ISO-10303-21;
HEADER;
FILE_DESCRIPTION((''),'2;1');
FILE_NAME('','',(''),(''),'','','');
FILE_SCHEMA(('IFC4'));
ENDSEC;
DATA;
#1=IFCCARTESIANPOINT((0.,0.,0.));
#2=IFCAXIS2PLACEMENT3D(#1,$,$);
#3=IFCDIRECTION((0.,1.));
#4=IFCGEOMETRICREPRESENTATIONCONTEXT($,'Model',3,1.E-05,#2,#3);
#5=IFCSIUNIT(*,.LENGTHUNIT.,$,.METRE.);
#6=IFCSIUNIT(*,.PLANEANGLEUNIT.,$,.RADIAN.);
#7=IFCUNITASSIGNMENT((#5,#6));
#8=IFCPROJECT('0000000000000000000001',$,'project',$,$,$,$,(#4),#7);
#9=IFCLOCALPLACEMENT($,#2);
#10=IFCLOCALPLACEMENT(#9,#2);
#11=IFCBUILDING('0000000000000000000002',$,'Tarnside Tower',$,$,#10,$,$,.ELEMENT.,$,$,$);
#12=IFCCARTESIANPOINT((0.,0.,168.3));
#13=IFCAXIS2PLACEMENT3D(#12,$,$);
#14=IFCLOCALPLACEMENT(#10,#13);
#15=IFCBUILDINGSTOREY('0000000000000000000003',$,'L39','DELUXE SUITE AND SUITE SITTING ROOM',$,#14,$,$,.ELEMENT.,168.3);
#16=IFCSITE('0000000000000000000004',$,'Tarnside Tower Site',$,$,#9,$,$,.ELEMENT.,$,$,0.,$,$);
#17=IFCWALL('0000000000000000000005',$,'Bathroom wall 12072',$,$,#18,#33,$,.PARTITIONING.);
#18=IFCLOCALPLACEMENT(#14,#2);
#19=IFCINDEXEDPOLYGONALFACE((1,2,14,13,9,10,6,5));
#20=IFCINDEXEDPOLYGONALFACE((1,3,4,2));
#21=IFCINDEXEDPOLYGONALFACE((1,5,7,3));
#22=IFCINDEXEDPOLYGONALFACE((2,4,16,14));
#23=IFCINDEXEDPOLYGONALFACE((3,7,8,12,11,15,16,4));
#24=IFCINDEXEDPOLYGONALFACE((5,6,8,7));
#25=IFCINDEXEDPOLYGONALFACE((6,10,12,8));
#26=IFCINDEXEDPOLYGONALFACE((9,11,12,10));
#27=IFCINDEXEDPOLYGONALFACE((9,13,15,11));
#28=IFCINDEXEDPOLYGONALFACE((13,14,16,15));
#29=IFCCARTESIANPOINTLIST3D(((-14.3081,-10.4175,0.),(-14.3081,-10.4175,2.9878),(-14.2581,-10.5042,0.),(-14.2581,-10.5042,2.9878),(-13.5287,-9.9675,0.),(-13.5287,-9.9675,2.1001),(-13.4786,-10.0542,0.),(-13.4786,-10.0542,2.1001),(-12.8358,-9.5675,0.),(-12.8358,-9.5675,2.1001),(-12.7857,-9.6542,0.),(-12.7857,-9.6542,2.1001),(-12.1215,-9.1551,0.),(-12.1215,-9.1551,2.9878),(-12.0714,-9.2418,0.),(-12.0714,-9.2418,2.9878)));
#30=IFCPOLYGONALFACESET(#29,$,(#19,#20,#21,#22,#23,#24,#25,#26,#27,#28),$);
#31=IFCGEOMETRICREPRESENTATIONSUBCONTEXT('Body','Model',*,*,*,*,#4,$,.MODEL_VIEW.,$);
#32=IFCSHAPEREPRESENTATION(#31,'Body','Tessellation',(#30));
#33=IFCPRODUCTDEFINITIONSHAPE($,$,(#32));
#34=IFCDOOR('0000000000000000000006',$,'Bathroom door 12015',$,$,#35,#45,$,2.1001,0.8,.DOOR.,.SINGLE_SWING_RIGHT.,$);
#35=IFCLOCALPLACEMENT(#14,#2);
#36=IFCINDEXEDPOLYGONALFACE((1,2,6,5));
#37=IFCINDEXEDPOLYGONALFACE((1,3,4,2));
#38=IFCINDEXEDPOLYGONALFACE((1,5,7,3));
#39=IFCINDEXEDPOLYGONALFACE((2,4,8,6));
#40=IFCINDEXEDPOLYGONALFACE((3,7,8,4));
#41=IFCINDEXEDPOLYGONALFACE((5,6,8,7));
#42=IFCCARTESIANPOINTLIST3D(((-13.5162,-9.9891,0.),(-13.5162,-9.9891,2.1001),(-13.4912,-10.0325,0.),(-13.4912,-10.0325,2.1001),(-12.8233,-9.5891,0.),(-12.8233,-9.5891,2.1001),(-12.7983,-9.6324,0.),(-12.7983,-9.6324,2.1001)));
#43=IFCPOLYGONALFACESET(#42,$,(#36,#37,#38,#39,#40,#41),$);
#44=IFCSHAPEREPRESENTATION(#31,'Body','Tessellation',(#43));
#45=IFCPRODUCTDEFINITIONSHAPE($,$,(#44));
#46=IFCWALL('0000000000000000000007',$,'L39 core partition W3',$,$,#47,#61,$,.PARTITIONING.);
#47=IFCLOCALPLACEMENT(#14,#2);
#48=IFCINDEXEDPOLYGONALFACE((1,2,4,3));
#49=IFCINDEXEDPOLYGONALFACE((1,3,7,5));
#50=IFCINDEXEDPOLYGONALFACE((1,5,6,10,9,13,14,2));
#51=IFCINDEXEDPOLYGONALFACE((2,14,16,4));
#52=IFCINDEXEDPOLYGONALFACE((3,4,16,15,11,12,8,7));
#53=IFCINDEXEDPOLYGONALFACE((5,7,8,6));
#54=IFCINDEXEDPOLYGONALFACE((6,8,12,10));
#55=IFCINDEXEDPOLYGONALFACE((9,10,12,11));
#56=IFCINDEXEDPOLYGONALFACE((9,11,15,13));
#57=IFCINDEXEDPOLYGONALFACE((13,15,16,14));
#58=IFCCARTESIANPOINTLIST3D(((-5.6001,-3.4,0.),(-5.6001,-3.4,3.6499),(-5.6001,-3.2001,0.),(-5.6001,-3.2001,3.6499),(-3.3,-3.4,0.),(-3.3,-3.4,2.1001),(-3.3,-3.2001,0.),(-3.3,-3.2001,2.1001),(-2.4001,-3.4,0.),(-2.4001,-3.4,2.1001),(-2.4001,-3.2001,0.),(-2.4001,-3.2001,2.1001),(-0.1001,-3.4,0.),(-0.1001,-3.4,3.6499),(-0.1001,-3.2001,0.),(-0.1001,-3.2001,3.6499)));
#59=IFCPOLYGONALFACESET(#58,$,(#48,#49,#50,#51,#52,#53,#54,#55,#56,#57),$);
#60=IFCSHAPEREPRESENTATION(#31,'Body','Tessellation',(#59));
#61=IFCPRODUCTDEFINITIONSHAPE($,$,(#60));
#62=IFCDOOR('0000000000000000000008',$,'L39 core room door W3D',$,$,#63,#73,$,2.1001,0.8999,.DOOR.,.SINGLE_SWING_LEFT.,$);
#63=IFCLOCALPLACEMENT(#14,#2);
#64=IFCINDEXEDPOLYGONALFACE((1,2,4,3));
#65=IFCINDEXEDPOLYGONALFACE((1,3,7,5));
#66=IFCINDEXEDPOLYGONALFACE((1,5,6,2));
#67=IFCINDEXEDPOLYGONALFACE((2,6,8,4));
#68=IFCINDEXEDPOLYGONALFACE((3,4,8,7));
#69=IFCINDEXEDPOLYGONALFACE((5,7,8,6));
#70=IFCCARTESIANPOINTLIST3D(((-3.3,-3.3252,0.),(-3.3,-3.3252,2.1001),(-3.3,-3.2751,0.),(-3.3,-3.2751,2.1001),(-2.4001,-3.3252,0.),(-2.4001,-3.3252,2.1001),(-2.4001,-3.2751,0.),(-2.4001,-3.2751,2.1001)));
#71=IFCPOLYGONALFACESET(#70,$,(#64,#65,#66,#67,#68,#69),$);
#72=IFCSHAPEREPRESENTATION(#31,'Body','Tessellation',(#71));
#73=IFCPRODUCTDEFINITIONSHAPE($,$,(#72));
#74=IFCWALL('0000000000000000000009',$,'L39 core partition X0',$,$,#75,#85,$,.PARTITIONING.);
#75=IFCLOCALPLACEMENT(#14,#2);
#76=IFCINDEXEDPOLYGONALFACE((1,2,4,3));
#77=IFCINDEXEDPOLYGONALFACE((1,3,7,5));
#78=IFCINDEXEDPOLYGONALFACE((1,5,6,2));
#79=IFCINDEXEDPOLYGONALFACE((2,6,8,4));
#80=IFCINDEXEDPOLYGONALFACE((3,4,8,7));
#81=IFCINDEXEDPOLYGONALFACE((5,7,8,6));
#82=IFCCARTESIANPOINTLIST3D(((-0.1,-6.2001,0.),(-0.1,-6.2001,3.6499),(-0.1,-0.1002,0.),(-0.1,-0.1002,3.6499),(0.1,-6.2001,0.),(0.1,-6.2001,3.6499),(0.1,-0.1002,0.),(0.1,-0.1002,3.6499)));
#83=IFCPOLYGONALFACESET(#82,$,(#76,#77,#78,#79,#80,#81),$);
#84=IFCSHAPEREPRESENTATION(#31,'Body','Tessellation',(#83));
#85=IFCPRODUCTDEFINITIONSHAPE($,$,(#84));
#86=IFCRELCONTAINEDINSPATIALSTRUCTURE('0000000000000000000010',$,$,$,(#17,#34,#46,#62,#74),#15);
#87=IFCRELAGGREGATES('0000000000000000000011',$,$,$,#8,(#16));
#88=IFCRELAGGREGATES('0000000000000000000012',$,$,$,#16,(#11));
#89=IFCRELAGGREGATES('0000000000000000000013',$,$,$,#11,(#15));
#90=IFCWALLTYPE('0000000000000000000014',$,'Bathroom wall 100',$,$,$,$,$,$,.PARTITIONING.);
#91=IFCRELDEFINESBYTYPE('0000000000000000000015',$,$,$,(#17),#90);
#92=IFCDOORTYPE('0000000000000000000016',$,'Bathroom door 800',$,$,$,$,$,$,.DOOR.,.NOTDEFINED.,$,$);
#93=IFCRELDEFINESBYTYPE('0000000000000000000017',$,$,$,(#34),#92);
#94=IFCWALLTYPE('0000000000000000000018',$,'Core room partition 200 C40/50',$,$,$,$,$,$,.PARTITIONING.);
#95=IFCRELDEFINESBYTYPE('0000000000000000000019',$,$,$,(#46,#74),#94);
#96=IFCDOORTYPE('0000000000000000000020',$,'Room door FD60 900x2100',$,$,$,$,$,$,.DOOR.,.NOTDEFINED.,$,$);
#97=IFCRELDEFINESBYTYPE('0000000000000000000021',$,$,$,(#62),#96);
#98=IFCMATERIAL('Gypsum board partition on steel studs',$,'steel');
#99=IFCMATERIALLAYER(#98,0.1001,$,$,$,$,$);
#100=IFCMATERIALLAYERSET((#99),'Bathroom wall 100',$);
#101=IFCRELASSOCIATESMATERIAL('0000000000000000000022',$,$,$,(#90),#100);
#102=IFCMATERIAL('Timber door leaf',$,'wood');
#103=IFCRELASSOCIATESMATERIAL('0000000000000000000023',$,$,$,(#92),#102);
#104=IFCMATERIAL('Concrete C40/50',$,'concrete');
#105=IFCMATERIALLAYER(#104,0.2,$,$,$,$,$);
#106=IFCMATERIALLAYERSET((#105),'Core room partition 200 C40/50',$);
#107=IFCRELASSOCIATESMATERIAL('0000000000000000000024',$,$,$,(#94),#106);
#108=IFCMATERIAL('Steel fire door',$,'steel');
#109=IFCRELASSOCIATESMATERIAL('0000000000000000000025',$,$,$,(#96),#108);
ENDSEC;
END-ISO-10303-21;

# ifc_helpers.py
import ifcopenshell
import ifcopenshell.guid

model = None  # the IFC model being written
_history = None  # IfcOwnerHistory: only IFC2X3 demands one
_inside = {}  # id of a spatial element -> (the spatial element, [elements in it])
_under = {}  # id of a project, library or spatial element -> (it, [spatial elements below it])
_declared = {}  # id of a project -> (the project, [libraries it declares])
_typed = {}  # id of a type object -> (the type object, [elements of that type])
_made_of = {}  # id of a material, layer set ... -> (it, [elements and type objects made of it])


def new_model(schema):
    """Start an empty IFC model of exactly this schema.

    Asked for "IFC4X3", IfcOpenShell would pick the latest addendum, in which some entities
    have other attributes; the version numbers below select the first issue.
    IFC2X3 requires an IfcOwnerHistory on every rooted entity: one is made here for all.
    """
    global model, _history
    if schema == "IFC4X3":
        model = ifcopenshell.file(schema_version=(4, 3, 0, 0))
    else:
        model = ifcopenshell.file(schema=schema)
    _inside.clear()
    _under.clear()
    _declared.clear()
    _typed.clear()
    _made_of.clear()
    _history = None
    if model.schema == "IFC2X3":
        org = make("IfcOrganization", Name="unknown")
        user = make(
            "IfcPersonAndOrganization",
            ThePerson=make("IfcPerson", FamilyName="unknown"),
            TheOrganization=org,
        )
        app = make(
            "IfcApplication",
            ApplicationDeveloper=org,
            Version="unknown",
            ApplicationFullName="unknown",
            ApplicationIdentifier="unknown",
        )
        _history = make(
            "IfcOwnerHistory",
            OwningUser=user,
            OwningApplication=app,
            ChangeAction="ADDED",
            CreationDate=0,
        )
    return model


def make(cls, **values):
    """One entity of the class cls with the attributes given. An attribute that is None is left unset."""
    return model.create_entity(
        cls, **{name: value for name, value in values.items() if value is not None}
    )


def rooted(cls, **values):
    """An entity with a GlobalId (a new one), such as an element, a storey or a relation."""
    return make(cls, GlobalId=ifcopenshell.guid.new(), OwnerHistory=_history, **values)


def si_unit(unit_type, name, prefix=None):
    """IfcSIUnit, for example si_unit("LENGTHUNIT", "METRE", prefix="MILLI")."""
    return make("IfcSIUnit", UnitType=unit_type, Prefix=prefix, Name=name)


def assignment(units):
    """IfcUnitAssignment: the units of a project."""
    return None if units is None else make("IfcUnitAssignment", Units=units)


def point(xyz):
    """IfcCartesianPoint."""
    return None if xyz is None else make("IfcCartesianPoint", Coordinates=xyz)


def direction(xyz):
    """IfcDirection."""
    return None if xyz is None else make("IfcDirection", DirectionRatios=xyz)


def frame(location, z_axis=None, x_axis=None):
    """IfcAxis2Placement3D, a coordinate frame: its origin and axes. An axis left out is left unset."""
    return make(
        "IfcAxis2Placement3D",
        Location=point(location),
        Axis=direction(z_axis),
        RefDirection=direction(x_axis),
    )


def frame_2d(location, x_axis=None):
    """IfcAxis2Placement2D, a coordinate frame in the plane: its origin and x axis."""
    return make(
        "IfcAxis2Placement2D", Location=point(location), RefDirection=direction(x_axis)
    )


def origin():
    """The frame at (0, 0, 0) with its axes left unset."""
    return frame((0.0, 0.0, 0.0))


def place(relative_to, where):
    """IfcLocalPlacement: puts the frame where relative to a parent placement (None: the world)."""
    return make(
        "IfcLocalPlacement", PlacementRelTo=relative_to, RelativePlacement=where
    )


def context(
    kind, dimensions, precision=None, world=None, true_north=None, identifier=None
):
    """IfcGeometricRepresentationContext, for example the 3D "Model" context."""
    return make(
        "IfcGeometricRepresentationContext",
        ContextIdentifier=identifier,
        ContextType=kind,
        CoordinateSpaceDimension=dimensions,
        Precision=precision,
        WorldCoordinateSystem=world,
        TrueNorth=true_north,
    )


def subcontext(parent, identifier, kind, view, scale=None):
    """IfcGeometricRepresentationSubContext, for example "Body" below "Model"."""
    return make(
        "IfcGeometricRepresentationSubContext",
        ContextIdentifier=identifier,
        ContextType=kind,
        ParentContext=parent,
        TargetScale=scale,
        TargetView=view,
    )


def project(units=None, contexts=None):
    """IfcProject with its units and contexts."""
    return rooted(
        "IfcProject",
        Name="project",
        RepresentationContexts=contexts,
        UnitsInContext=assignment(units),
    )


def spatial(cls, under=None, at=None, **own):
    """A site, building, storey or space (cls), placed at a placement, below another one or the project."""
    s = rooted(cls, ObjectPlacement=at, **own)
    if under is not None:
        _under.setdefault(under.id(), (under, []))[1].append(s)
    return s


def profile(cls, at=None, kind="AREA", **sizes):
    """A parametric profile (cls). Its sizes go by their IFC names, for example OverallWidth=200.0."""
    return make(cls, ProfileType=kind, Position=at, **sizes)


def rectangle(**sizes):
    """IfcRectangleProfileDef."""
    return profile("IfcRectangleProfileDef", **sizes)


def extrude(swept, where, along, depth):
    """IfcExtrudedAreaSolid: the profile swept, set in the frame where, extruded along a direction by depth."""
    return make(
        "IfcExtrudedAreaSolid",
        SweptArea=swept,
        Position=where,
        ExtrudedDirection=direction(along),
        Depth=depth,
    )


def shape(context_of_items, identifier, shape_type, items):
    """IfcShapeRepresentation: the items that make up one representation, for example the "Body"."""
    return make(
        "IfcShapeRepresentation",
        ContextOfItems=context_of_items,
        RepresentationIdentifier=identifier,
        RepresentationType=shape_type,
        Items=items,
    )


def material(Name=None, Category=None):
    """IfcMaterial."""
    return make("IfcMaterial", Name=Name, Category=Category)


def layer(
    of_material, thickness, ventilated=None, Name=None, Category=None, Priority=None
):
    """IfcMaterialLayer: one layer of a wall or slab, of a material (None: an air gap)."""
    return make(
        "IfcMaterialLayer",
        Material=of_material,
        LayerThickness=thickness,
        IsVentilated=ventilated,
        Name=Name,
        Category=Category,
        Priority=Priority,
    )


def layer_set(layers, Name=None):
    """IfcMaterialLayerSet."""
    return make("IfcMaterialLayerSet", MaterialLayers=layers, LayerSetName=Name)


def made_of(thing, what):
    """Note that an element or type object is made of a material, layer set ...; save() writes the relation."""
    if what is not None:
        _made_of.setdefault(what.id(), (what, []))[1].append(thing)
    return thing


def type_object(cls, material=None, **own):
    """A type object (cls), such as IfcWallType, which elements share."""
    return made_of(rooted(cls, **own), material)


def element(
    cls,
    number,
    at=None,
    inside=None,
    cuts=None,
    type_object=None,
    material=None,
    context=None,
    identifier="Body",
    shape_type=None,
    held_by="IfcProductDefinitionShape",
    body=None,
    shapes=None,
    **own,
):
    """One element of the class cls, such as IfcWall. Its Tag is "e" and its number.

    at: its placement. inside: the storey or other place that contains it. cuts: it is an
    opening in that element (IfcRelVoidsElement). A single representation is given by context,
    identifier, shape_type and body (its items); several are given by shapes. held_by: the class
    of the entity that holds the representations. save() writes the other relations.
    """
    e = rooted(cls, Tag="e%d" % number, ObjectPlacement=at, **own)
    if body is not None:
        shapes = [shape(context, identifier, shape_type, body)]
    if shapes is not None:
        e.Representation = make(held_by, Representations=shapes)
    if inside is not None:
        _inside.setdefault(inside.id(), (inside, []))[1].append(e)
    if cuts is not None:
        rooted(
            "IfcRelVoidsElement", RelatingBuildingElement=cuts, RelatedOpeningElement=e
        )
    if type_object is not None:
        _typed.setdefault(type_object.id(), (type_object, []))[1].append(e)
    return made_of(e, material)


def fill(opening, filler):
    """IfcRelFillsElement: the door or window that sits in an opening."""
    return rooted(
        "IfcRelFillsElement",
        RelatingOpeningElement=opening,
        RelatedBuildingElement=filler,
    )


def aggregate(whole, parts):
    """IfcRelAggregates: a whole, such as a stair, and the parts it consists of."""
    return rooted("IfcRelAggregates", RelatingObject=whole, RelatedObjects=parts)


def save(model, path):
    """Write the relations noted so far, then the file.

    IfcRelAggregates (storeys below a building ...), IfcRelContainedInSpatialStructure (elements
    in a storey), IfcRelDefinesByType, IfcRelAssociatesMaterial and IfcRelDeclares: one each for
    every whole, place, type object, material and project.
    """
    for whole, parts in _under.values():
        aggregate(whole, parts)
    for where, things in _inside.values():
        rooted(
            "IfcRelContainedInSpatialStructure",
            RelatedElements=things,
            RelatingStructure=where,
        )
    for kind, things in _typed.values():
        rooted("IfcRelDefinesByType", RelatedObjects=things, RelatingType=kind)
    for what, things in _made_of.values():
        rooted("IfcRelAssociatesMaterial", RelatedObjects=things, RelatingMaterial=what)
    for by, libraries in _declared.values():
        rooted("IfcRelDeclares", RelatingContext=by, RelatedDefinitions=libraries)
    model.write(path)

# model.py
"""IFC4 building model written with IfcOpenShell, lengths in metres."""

from ifc_helpers import new_model, si_unit, direction, frame, frame_2d, origin, place, context, subcontext, project, spatial, rectangle, extrude, material, layer, layer_set, type_object, element, fill, save


model = new_model("IFC4")

# Units and contexts
model_context = context("Model", 3, precision=1e-05, world=origin(), true_north=direction((0.0, 1.0)))
body_context = subcontext(model_context, "Body", "Model", "MODEL_VIEW")
ifc_project = project(units=[si_unit("LENGTHUNIT", "METRE"), si_unit("PLANEANGLEUNIT", "RADIAN")], contexts=[model_context])

# Site, building, storey
site_placement = place(None, origin())
site = spatial("IfcSite", under=ifc_project, at=site_placement, Name="Tarnside Tower Site", CompositionType="ELEMENT", RefElevation=0.0)
building_placement = place(site_placement, origin())
building = spatial("IfcBuilding", under=site, at=building_placement, Name="Tarnside Tower", CompositionType="ELEMENT")
storey_placement = place(building_placement, frame((0.0, 0.0, 168.3)))
storey = spatial("IfcBuildingStorey", under=building, at=storey_placement, Name="L39", Description="DELUXE SUITE AND SUITE SITTING ROOM", CompositionType="ELEMENT", Elevation=168.3)

# Walls, openings, doors
ifc_material_1 = material(Name="Gypsum board partition on steel studs", Category="steel")
ifc_layer_1 = layer(ifc_material_1, 0.1001)
ifc_layer_set_1 = layer_set([ifc_layer_1], Name="Bathroom wall 100")
wall_type_1 = type_object("IfcWallType", Name="Bathroom wall 100", PredefinedType="PARTITIONING", material=ifc_layer_set_1)
wall_1_placement = place(storey_placement, frame((-12.0964, -9.1985, 0.0), z_axis=(0.0, 0.0, 1.0), x_axis=(-0.866039, -0.499976, 0.0)))
wall_1 = element("IfcWall", 1, at=wall_1_placement, inside=storey, type_object=wall_type_1, Name="Bathroom wall 12072", PredefinedType="PARTITIONING", context=body_context, shape_type="SweptSolid", body=[
    extrude(rectangle(XDim=2.5249, YDim=0.1001, at=frame_2d((1.2625, 0.0))), origin(), (0.0, 0.0, 1.0), 2.9878),
])
opening_1_placement = place(wall_1_placement, frame((0.825, 0.0, 0.0)))
opening_1 = element("IfcOpeningElement", 2, at=opening_1_placement, cuts=wall_1, PredefinedType="OPENING", context=body_context, shape_type="SweptSolid", body=[
    extrude(rectangle(XDim=0.8, YDim=2.1001, at=frame_2d((0.3999, 1.05))), frame((0.0, 0.0601, 0.0), z_axis=(0.0, -1.0, 0.0), x_axis=(1.0, 0.0, 0.0)), (0.0, 0.0, 1.0), 0.1201),
])
ifc_material_2 = material(Name="Timber door leaf", Category="wood")
door_type_1 = type_object("IfcDoorType", Name="Bathroom door 800", OperationType="NOTDEFINED", PredefinedType="DOOR", material=ifc_material_2)
door_1_placement = place(opening_1_placement, origin())
door_1 = element("IfcDoor", 3, at=door_1_placement, inside=storey, type_object=door_type_1, Name="Bathroom door 12015", OperationType="SINGLE_SWING_RIGHT", OverallHeight=2.1001, OverallWidth=0.8, PredefinedType="DOOR", context=body_context, shape_type="SweptSolid", body=[
    extrude(rectangle(XDim=0.8, YDim=2.1001, at=frame_2d((0.3999, 1.05))), frame((0.0, 0.0249, 0.0), z_axis=(0.0, -1.0, 0.0), x_axis=(1.0, 0.0, 0.0)), (0.0, 0.0, 1.0), 0.05),
])
fill(opening_1, door_1)
ifc_material_3 = material(Name="Concrete C40/50", Category="concrete")
ifc_layer_2 = layer(ifc_material_3, 0.2)
ifc_layer_set_2 = layer_set([ifc_layer_2], Name="Core room partition 200 C40/50")
wall_type_2 = type_object("IfcWallType", Name="Core room partition 200 C40/50", PredefinedType="PARTITIONING", material=ifc_layer_set_2)
wall_2_placement = place(storey_placement, frame((-5.6001, -3.3, 0.0), z_axis=(0.0, 0.0, 1.0), x_axis=(1.0, 0.0, 0.0)))
wall_2 = element("IfcWall", 4, at=wall_2_placement, inside=storey, type_object=wall_type_2, Name="L39 core partition W3", PredefinedType="PARTITIONING", context=body_context, shape_type="SweptSolid", body=[
    extrude(rectangle(XDim=5.5, YDim=0.2, at=frame_2d((2.75, 0.0))), origin(), (0.0, 0.0, 1.0), 3.6499),
])
opening_2_placement = place(wall_2_placement, frame((2.3, 0.0, 0.0)))
opening_2 = element("IfcOpeningElement", 5, at=opening_2_placement, cuts=wall_2, PredefinedType="OPENING", context=body_context, shape_type="SweptSolid", body=[
    extrude(rectangle(XDim=0.8999, YDim=2.1001, at=frame_2d((0.45, 1.05))), frame((0.0, 0.1099, 0.0), z_axis=(0.0, -1.0, 0.0), x_axis=(1.0, 0.0, 0.0)), (0.0, 0.0, 1.0), 0.22),
])
ifc_material_4 = material(Name="Steel fire door", Category="steel")
door_type_2 = type_object("IfcDoorType", Name="Room door FD60 900x2100", OperationType="NOTDEFINED", PredefinedType="DOOR", material=ifc_material_4)
door_2_placement = place(opening_2_placement, origin())
door_2 = element("IfcDoor", 6, at=door_2_placement, inside=storey, type_object=door_type_2, Name="L39 core room door W3D", OperationType="SINGLE_SWING_LEFT", OverallHeight=2.1001, OverallWidth=0.8999, PredefinedType="DOOR", context=body_context, shape_type="SweptSolid", body=[
    extrude(rectangle(XDim=0.8999, YDim=2.1001, at=frame_2d((0.45, 1.05))), frame((0.0, 0.0249, 0.0), z_axis=(0.0, -1.0, 0.0), x_axis=(1.0, 0.0, 0.0)), (0.0, 0.0, 1.0), 0.05),
])
fill(opening_2, door_2)

# Wall
wall_3_placement = place(storey_placement, frame((0.0, -6.2, 0.0), z_axis=(0.0, 0.0, 1.0), x_axis=(0.0, 1.0, 0.0)))
element("IfcWall", 7, at=wall_3_placement, inside=storey, type_object=wall_type_2, Name="L39 core partition X0", PredefinedType="PARTITIONING", context=body_context, shape_type="SweptSolid", body=[
    extrude(rectangle(XDim=6.0999, YDim=0.2, at=frame_2d((3.0498, 0.0))), origin(), (0.0, 0.0, 1.0), 3.6499),
])

save(model, "model.ifc")
